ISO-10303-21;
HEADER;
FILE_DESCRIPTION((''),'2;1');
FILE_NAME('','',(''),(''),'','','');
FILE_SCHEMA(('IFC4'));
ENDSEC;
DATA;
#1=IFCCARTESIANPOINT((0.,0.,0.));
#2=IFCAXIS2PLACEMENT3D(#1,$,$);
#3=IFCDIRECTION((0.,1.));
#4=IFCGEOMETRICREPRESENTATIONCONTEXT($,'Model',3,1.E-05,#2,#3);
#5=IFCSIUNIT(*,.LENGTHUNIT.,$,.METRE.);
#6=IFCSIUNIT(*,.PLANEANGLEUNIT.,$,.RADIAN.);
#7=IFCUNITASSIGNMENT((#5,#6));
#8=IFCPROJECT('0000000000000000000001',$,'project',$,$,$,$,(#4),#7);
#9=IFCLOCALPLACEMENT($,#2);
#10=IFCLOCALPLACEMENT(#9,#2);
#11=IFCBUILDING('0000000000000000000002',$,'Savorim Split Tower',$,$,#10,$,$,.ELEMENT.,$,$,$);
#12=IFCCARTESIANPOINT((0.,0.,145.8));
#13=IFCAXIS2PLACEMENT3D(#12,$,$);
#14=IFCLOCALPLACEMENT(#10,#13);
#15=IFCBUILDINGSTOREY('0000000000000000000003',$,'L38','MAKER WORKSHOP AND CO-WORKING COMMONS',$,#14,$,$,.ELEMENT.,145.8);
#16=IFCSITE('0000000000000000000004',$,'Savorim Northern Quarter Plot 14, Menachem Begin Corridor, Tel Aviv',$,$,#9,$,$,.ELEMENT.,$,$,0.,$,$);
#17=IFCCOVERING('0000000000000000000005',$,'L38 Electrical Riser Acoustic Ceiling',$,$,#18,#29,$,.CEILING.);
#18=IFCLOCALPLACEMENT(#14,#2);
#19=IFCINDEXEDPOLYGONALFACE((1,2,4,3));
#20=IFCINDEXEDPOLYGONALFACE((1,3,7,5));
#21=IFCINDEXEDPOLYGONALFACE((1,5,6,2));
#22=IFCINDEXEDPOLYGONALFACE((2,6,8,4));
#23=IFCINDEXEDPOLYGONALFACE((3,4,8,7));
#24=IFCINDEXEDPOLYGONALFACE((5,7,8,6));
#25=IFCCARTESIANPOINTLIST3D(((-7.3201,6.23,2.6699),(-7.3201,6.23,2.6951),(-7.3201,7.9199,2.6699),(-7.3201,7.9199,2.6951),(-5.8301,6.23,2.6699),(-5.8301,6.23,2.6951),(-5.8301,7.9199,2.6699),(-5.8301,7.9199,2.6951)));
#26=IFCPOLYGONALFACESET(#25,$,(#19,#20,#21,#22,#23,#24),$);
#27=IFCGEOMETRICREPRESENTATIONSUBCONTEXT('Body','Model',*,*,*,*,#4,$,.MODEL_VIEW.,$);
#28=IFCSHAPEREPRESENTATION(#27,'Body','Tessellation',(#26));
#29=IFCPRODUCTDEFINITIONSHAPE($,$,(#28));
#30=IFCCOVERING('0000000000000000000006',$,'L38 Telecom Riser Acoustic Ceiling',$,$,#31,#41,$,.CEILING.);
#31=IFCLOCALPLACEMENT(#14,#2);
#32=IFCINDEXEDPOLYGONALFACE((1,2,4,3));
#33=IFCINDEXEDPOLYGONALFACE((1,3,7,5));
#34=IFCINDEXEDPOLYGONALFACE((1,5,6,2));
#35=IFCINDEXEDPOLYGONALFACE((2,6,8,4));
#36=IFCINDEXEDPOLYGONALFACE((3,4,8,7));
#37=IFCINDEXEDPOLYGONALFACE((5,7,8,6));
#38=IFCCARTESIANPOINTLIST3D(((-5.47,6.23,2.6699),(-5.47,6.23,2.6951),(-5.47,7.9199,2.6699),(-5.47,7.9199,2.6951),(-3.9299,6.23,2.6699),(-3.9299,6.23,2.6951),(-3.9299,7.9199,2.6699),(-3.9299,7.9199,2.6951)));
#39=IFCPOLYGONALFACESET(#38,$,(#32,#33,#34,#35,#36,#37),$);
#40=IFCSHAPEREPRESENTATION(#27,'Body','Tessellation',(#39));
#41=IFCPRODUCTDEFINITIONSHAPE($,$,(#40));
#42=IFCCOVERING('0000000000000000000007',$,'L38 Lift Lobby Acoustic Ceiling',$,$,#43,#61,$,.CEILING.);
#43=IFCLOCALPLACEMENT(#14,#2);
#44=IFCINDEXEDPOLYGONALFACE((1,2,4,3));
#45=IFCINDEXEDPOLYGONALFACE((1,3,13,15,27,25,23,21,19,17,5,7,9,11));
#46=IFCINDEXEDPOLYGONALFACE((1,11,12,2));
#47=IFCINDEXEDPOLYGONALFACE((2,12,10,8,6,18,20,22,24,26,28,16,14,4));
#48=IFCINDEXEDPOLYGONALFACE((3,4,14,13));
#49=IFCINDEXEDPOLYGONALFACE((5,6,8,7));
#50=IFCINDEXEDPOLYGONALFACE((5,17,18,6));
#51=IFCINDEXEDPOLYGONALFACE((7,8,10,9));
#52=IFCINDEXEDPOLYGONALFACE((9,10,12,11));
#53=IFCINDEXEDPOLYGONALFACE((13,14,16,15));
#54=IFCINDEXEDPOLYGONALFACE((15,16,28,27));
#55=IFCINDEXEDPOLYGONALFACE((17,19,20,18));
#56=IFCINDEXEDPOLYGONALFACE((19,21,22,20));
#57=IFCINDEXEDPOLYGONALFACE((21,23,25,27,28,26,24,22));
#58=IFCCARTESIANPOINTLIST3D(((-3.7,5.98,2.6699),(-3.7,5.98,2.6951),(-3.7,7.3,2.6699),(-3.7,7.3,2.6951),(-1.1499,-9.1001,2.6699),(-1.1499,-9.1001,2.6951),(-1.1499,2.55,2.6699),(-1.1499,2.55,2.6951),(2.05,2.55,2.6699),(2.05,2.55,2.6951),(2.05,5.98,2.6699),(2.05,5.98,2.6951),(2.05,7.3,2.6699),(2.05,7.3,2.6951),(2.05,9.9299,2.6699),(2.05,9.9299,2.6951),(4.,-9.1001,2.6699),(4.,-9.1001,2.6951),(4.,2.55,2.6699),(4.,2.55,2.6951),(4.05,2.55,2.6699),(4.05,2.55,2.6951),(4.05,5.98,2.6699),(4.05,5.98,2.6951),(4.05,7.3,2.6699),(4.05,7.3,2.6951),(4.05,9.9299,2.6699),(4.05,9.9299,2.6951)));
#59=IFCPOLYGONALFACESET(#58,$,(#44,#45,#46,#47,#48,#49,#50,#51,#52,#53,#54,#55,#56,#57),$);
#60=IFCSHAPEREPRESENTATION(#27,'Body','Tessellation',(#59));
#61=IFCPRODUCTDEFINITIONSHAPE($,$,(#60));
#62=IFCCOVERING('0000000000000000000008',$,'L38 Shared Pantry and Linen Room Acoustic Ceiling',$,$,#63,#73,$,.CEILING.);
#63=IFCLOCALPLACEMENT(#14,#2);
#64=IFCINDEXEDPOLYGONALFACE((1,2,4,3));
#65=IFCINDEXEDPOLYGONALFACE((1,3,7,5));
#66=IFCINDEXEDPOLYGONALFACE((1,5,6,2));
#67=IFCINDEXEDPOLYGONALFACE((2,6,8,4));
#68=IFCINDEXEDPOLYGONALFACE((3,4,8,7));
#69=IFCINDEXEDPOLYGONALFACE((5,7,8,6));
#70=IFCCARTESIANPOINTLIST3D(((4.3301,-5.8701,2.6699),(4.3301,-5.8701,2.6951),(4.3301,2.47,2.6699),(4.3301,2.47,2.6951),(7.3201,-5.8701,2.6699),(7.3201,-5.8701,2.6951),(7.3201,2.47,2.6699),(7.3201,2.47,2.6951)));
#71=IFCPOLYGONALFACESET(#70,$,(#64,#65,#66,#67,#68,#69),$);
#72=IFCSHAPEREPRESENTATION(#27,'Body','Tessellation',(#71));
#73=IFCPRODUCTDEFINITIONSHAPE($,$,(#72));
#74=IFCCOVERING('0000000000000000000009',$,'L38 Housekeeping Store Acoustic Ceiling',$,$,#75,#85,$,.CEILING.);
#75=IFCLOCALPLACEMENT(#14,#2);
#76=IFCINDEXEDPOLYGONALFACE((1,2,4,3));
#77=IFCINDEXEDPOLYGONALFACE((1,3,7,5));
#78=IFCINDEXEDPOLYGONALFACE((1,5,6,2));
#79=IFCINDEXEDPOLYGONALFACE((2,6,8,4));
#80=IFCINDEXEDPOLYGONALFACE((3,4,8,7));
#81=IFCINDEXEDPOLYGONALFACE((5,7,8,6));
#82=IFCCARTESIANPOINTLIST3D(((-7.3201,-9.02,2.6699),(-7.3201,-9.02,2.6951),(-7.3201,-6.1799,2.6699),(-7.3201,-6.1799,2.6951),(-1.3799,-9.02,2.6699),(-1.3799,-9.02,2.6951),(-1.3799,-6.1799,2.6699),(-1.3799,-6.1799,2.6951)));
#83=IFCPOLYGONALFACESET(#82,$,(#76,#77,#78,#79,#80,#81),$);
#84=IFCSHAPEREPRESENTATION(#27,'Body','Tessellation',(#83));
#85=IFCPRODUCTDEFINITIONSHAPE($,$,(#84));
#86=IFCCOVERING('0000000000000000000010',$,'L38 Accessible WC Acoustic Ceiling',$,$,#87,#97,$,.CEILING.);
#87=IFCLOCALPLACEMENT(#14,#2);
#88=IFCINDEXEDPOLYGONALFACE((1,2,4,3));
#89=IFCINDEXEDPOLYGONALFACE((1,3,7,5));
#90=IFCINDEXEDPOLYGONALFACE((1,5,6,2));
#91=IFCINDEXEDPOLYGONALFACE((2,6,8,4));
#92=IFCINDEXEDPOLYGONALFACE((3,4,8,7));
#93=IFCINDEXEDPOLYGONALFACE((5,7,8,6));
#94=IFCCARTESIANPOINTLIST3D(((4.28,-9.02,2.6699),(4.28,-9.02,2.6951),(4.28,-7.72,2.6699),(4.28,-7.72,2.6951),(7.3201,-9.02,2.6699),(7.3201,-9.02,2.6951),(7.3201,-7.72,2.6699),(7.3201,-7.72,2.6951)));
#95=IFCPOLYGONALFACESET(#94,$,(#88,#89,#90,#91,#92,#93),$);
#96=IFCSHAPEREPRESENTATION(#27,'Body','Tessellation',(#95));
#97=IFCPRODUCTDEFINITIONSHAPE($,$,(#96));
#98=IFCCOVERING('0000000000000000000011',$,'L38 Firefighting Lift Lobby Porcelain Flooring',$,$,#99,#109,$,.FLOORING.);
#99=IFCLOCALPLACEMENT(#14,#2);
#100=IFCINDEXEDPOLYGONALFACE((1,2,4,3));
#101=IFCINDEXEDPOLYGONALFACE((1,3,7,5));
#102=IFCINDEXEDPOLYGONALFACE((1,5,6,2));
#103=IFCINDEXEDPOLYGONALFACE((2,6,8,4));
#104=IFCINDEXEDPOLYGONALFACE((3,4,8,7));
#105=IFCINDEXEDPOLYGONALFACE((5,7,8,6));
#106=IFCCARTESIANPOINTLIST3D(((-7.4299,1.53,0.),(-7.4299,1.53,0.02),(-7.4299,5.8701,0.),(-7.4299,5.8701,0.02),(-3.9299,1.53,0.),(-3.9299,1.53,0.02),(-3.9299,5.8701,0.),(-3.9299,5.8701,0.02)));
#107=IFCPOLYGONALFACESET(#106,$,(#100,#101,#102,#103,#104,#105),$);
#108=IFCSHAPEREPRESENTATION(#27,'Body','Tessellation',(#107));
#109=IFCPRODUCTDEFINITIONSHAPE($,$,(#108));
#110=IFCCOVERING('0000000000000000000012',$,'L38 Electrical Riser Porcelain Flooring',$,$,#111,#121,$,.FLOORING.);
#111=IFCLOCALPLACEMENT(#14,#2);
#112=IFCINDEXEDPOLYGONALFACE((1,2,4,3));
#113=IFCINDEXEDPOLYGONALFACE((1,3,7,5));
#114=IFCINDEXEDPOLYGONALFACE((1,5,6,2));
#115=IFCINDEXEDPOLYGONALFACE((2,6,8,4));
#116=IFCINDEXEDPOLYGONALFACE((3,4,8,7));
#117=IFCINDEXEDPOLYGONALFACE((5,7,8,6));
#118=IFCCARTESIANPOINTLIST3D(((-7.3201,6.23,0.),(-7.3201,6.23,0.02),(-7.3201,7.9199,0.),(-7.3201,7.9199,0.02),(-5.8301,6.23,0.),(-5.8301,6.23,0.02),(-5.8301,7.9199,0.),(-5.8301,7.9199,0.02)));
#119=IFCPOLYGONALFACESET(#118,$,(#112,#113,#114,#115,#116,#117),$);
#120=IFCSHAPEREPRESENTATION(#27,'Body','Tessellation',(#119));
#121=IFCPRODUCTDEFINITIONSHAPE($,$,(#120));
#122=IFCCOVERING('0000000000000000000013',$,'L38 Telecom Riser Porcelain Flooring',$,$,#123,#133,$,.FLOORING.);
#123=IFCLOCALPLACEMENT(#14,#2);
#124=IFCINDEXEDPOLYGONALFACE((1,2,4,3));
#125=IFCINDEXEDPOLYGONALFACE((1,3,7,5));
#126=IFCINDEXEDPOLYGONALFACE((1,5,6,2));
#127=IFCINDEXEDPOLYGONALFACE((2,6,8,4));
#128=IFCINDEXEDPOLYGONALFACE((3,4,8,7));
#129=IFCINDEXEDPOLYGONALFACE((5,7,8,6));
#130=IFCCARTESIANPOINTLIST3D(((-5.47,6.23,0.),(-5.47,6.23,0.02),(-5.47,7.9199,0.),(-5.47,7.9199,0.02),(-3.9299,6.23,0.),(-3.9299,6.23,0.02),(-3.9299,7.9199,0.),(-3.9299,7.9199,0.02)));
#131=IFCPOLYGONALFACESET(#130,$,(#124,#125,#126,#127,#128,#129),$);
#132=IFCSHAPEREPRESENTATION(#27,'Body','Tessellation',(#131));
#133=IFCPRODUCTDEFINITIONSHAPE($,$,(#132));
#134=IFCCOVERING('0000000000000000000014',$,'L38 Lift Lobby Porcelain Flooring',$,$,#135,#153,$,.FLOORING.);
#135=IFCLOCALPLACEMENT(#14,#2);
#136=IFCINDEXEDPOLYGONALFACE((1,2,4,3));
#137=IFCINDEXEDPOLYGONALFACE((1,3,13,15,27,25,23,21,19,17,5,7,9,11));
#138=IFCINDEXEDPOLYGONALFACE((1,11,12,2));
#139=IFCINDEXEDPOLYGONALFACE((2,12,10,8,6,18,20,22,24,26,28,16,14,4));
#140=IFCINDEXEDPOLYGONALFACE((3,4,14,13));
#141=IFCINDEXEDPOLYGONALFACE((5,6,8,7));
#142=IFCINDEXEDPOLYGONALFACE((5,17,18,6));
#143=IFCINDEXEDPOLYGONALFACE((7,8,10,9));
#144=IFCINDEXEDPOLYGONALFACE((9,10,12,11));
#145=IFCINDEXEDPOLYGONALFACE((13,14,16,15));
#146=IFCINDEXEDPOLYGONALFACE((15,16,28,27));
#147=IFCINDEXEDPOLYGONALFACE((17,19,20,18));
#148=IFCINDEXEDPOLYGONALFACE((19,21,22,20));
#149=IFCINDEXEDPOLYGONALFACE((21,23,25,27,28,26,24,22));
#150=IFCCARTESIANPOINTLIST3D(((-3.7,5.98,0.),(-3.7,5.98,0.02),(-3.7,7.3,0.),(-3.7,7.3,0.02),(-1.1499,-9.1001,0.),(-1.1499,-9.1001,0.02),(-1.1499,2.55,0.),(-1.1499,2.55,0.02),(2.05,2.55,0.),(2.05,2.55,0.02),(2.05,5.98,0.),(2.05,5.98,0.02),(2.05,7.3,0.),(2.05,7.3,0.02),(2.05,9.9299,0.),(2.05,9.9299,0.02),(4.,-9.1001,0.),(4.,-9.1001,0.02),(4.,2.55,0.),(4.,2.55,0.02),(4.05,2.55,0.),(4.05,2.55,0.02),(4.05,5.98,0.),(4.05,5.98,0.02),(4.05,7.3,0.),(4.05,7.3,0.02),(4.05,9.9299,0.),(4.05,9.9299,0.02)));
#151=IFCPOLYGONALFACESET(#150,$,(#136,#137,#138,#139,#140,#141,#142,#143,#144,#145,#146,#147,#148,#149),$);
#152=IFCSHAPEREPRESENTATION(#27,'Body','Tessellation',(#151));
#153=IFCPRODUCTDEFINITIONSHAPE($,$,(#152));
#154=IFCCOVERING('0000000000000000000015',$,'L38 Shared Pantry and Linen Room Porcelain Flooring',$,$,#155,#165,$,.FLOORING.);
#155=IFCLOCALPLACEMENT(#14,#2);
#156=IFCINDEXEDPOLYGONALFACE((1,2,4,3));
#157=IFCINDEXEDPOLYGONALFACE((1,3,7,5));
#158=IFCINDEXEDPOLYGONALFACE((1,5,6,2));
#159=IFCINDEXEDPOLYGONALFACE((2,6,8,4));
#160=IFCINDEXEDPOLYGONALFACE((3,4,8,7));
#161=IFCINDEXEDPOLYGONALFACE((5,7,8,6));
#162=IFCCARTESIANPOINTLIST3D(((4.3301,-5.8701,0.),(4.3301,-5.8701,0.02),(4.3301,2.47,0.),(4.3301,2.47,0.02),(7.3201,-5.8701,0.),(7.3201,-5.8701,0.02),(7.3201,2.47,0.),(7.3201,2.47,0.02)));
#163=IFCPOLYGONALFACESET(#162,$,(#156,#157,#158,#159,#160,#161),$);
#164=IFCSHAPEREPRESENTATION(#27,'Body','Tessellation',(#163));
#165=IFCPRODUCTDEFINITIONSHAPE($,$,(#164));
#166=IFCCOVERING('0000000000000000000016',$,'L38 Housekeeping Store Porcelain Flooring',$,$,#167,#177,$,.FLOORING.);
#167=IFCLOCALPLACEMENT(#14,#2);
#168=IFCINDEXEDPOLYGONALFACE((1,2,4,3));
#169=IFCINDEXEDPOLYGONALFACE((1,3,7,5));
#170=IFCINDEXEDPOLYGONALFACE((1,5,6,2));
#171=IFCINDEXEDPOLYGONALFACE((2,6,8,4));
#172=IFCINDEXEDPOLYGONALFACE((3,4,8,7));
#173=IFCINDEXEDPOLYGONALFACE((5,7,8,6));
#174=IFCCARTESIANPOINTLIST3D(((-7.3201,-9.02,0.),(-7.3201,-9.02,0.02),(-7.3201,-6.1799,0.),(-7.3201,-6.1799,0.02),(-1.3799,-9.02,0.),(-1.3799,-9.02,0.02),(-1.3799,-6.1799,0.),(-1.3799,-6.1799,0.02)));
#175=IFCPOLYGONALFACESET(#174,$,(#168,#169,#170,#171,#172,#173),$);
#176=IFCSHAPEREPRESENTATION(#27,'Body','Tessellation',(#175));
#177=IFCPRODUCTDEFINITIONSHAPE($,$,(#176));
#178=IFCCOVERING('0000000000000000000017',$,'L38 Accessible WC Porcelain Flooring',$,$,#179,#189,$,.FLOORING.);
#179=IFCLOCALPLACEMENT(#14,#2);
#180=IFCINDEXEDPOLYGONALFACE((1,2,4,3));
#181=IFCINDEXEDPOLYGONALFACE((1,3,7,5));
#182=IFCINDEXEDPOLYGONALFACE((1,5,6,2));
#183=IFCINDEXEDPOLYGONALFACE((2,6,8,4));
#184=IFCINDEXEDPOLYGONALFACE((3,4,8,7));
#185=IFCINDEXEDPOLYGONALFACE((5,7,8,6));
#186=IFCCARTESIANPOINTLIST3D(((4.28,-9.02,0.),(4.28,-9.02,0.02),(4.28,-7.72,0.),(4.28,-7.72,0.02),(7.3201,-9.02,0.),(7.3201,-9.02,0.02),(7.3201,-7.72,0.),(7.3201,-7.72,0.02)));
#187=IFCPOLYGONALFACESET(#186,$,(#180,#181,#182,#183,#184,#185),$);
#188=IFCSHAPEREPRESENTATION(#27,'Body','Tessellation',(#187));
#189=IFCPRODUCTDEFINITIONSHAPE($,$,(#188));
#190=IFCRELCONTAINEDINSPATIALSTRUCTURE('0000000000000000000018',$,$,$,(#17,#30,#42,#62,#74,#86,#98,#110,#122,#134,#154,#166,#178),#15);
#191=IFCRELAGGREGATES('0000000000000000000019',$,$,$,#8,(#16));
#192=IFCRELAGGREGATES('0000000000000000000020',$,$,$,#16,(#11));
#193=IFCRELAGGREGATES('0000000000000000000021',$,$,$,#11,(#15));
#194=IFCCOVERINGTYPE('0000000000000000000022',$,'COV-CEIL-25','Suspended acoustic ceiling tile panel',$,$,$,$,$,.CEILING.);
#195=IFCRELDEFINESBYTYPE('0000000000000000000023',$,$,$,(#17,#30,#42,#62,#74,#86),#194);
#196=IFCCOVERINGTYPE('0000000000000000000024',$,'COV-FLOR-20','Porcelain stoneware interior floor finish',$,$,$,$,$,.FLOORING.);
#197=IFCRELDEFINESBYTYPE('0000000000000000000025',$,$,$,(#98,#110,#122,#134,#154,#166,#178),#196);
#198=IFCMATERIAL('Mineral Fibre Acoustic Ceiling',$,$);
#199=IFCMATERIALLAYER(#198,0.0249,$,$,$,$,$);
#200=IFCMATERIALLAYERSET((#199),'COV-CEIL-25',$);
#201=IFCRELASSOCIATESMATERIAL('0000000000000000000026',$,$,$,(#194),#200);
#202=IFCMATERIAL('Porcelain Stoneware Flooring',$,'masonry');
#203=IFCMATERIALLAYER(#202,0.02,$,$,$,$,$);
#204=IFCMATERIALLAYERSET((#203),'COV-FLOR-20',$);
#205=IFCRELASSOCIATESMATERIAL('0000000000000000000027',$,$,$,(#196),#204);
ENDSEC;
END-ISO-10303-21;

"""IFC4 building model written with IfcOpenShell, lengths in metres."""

from ifc_helpers import new_model, si_unit, direction, frame, origin, place, context, subcontext, project, spatial, polyline, outline, extrude, material, layer, layer_set, type_object, element, save


model = new_model("IFC4")

# Units and contexts
model_context = context("Model", 3, precision=1e-05, world=origin(), true_north=direction((0.0, 1.0)))
body_context = subcontext(model_context, "Body", "Model", "MODEL_VIEW")
ifc_project = project(units=[si_unit("LENGTHUNIT", "METRE"), si_unit("PLANEANGLEUNIT", "RADIAN")], contexts=[model_context])

# Site, building, storey
site_placement = place(None, origin())
site = spatial("IfcSite", under=ifc_project, at=site_placement, Name="Savorim Northern Quarter Plot 14, Menachem Begin Corridor, Tel Aviv", CompositionType="ELEMENT", RefElevation=0.0)
building_placement = place(site_placement, origin())
building = spatial("IfcBuilding", under=site, at=building_placement, Name="Savorim Split Tower", CompositionType="ELEMENT")
storey_placement = place(building_placement, frame((0.0, 0.0, 145.8)))
storey = spatial("IfcBuildingStorey", under=building, at=storey_placement, Name="L38", Description="MAKER WORKSHOP AND CO-WORKING COMMONS", CompositionType="ELEMENT", Elevation=145.8)

# Coverings
ifc_material_1 = material(Name="Mineral Fibre Acoustic Ceiling")
ifc_layer_1 = layer(ifc_material_1, 0.0249)
ifc_layer_set_1 = layer_set([ifc_layer_1], Name="COV-CEIL-25")
covering_type_1 = type_object("IfcCoveringType", Name="COV-CEIL-25", Description="Suspended acoustic ceiling tile panel", PredefinedType="CEILING", material=ifc_layer_set_1)
covering_1_placement = place(storey_placement, frame((0.0, 0.0, 2.6699)))
element("IfcCovering", 1, at=covering_1_placement, inside=storey, type_object=covering_type_1, Name="L38 Electrical Riser Acoustic Ceiling", PredefinedType="CEILING", context=body_context, shape_type="SweptSolid", body=[
    extrude(outline(polyline([(-7.3201, 7.9199), (-7.3201, 6.23), (-5.8301, 6.23), (-5.8301, 7.9199), (-7.3201, 7.9199)])), origin(), (0.0, 0.0, 1.0), 0.0251),
])
covering_2_placement = place(storey_placement, frame((0.0, 0.0, 2.6699)))
element("IfcCovering", 2, at=covering_2_placement, inside=storey, type_object=covering_type_1, Name="L38 Telecom Riser Acoustic Ceiling", PredefinedType="CEILING", context=body_context, shape_type="SweptSolid", body=[
    extrude(outline(polyline([(-5.47, 7.9199), (-5.47, 6.23), (-3.9299, 6.23), (-3.9299, 7.9199), (-5.47, 7.9199)])), origin(), (0.0, 0.0, 1.0), 0.0251),
])
covering_3_placement = place(storey_placement, frame((0.0, 0.0, 2.6699)))
element("IfcCovering", 3, at=covering_3_placement, inside=storey, type_object=covering_type_1, Name="L38 Lift Lobby Acoustic Ceiling", PredefinedType="CEILING", context=body_context, shape_type="SweptSolid", body=[
    extrude(outline(polyline([(2.05, 2.55), (-1.1499, 2.55), (-1.1499, -9.1001), (4.0, -9.1001), (4.0, 2.55), (4.05, 2.55), (4.05, 5.98), (4.05, 7.3), (4.05, 9.9299), (2.05, 9.9299), (2.05, 7.3), (-3.7, 7.3), (-3.7, 5.98), (2.05, 5.98), (2.05, 2.55)])), origin(), (0.0, 0.0, 1.0), 0.0251),
])
covering_4_placement = place(storey_placement, frame((0.0, 0.0, 2.6699)))
element("IfcCovering", 4, at=covering_4_placement, inside=storey, type_object=covering_type_1, Name="L38 Shared Pantry and Linen Room Acoustic Ceiling", PredefinedType="CEILING", context=body_context, shape_type="SweptSolid", body=[
    extrude(outline(polyline([(4.3301, 2.47), (4.3301, -5.8701), (7.3201, -5.8701), (7.3201, 2.47), (4.3301, 2.47)])), origin(), (0.0, 0.0, 1.0), 0.0251),
])
covering_5_placement = place(storey_placement, frame((0.0, 0.0, 2.6699)))
element("IfcCovering", 5, at=covering_5_placement, inside=storey, type_object=covering_type_1, Name="L38 Housekeeping Store Acoustic Ceiling", PredefinedType="CEILING", context=body_context, shape_type="SweptSolid", body=[
    extrude(outline(polyline([(-7.3201, -6.1799), (-7.3201, -9.02), (-1.3799, -9.02), (-1.3799, -6.1799), (-7.3201, -6.1799)])), origin(), (0.0, 0.0, 1.0), 0.0251),
])
covering_6_placement = place(storey_placement, frame((0.0, 0.0, 2.6699)))
element("IfcCovering", 6, at=covering_6_placement, inside=storey, type_object=covering_type_1, Name="L38 Accessible WC Acoustic Ceiling", PredefinedType="CEILING", context=body_context, shape_type="SweptSolid", body=[
    extrude(outline(polyline([(4.28, -7.72), (4.28, -9.02), (7.3201, -9.02), (7.3201, -7.72), (4.28, -7.72)])), origin(), (0.0, 0.0, 1.0), 0.0251),
])
ifc_material_2 = material(Name="Porcelain Stoneware Flooring", Category="masonry")
ifc_layer_2 = layer(ifc_material_2, 0.02)
ifc_layer_set_2 = layer_set([ifc_layer_2], Name="COV-FLOR-20")
covering_type_2 = type_object("IfcCoveringType", Name="COV-FLOR-20", Description="Porcelain stoneware interior floor finish", PredefinedType="FLOORING", material=ifc_layer_set_2)
covering_7_placement = place(storey_placement, origin())
element("IfcCovering", 7, at=covering_7_placement, inside=storey, type_object=covering_type_2, Name="L38 Firefighting Lift Lobby Porcelain Flooring", PredefinedType="FLOORING", context=body_context, shape_type="SweptSolid", body=[
    extrude(outline(polyline([(-7.4299, 5.8701), (-7.4299, 1.53), (-3.9299, 1.53), (-3.9299, 5.8701), (-7.4299, 5.8701)])), origin(), (0.0, 0.0, 1.0), 0.02),
])
covering_8_placement = place(storey_placement, origin())
element("IfcCovering", 8, at=covering_8_placement, inside=storey, type_object=covering_type_2, Name="L38 Electrical Riser Porcelain Flooring", PredefinedType="FLOORING", context=body_context, shape_type="SweptSolid", body=[
    extrude(outline(polyline([(-7.3201, 7.9199), (-7.3201, 6.23), (-5.8301, 6.23), (-5.8301, 7.9199), (-7.3201, 7.9199)])), origin(), (0.0, 0.0, 1.0), 0.02),
])
covering_9_placement = place(storey_placement, origin())
element("IfcCovering", 9, at=covering_9_placement, inside=storey, type_object=covering_type_2, Name="L38 Telecom Riser Porcelain Flooring", PredefinedType="FLOORING", context=body_context, shape_type="SweptSolid", body=[
    extrude(outline(polyline([(-5.47, 7.9199), (-5.47, 6.23), (-3.9299, 6.23), (-3.9299, 7.9199), (-5.47, 7.9199)])), origin(), (0.0, 0.0, 1.0), 0.02),
])
covering_10_placement = place(storey_placement, origin())
element("IfcCovering", 10, at=covering_10_placement, inside=storey, type_object=covering_type_2, Name="L38 Lift Lobby Porcelain Flooring", PredefinedType="FLOORING", context=body_context, shape_type="SweptSolid", body=[
    extrude(outline(polyline([(2.05, 2.55), (-1.1499, 2.55), (-1.1499, -9.1001), (4.0, -9.1001), (4.0, 2.55), (4.05, 2.55), (4.05, 5.98), (4.05, 7.3), (4.05, 9.9299), (2.05, 9.9299), (2.05, 7.3), (-3.7, 7.3), (-3.7, 5.98), (2.05, 5.98), (2.05, 2.55)])), origin(), (0.0, 0.0, 1.0), 0.02),
])
covering_11_placement = place(storey_placement, origin())
element("IfcCovering", 11, at=covering_11_placement, inside=storey, type_object=covering_type_2, Name="L38 Shared Pantry and Linen Room Porcelain Flooring", PredefinedType="FLOORING", context=body_context, shape_type="SweptSolid", body=[
    extrude(outline(polyline([(4.3301, 2.47), (4.3301, -5.8701), (7.3201, -5.8701), (7.3201, 2.47), (4.3301, 2.47)])), origin(), (0.0, 0.0, 1.0), 0.02),
])
covering_12_placement = place(storey_placement, origin())
element("IfcCovering", 12, at=covering_12_placement, inside=storey, type_object=covering_type_2, Name="L38 Housekeeping Store Porcelain Flooring", PredefinedType="FLOORING", context=body_context, shape_type="SweptSolid", body=[
    extrude(outline(polyline([(-7.3201, -6.1799), (-7.3201, -9.02), (-1.3799, -9.02), (-1.3799, -6.1799), (-7.3201, -6.1799)])), origin(), (0.0, 0.0, 1.0), 0.02),
])
covering_13_placement = place(storey_placement, origin())
element("IfcCovering", 13, at=covering_13_placement, inside=storey, type_object=covering_type_2, Name="L38 Accessible WC Porcelain Flooring", PredefinedType="FLOORING", context=body_context, shape_type="SweptSolid", body=[
    extrude(outline(polyline([(4.28, -7.72), (4.28, -9.02), (7.3201, -9.02), (7.3201, -7.72), (4.28, -7.72)])), origin(), (0.0, 0.0, 1.0), 0.02),
])

save(model, "model.ifc")
